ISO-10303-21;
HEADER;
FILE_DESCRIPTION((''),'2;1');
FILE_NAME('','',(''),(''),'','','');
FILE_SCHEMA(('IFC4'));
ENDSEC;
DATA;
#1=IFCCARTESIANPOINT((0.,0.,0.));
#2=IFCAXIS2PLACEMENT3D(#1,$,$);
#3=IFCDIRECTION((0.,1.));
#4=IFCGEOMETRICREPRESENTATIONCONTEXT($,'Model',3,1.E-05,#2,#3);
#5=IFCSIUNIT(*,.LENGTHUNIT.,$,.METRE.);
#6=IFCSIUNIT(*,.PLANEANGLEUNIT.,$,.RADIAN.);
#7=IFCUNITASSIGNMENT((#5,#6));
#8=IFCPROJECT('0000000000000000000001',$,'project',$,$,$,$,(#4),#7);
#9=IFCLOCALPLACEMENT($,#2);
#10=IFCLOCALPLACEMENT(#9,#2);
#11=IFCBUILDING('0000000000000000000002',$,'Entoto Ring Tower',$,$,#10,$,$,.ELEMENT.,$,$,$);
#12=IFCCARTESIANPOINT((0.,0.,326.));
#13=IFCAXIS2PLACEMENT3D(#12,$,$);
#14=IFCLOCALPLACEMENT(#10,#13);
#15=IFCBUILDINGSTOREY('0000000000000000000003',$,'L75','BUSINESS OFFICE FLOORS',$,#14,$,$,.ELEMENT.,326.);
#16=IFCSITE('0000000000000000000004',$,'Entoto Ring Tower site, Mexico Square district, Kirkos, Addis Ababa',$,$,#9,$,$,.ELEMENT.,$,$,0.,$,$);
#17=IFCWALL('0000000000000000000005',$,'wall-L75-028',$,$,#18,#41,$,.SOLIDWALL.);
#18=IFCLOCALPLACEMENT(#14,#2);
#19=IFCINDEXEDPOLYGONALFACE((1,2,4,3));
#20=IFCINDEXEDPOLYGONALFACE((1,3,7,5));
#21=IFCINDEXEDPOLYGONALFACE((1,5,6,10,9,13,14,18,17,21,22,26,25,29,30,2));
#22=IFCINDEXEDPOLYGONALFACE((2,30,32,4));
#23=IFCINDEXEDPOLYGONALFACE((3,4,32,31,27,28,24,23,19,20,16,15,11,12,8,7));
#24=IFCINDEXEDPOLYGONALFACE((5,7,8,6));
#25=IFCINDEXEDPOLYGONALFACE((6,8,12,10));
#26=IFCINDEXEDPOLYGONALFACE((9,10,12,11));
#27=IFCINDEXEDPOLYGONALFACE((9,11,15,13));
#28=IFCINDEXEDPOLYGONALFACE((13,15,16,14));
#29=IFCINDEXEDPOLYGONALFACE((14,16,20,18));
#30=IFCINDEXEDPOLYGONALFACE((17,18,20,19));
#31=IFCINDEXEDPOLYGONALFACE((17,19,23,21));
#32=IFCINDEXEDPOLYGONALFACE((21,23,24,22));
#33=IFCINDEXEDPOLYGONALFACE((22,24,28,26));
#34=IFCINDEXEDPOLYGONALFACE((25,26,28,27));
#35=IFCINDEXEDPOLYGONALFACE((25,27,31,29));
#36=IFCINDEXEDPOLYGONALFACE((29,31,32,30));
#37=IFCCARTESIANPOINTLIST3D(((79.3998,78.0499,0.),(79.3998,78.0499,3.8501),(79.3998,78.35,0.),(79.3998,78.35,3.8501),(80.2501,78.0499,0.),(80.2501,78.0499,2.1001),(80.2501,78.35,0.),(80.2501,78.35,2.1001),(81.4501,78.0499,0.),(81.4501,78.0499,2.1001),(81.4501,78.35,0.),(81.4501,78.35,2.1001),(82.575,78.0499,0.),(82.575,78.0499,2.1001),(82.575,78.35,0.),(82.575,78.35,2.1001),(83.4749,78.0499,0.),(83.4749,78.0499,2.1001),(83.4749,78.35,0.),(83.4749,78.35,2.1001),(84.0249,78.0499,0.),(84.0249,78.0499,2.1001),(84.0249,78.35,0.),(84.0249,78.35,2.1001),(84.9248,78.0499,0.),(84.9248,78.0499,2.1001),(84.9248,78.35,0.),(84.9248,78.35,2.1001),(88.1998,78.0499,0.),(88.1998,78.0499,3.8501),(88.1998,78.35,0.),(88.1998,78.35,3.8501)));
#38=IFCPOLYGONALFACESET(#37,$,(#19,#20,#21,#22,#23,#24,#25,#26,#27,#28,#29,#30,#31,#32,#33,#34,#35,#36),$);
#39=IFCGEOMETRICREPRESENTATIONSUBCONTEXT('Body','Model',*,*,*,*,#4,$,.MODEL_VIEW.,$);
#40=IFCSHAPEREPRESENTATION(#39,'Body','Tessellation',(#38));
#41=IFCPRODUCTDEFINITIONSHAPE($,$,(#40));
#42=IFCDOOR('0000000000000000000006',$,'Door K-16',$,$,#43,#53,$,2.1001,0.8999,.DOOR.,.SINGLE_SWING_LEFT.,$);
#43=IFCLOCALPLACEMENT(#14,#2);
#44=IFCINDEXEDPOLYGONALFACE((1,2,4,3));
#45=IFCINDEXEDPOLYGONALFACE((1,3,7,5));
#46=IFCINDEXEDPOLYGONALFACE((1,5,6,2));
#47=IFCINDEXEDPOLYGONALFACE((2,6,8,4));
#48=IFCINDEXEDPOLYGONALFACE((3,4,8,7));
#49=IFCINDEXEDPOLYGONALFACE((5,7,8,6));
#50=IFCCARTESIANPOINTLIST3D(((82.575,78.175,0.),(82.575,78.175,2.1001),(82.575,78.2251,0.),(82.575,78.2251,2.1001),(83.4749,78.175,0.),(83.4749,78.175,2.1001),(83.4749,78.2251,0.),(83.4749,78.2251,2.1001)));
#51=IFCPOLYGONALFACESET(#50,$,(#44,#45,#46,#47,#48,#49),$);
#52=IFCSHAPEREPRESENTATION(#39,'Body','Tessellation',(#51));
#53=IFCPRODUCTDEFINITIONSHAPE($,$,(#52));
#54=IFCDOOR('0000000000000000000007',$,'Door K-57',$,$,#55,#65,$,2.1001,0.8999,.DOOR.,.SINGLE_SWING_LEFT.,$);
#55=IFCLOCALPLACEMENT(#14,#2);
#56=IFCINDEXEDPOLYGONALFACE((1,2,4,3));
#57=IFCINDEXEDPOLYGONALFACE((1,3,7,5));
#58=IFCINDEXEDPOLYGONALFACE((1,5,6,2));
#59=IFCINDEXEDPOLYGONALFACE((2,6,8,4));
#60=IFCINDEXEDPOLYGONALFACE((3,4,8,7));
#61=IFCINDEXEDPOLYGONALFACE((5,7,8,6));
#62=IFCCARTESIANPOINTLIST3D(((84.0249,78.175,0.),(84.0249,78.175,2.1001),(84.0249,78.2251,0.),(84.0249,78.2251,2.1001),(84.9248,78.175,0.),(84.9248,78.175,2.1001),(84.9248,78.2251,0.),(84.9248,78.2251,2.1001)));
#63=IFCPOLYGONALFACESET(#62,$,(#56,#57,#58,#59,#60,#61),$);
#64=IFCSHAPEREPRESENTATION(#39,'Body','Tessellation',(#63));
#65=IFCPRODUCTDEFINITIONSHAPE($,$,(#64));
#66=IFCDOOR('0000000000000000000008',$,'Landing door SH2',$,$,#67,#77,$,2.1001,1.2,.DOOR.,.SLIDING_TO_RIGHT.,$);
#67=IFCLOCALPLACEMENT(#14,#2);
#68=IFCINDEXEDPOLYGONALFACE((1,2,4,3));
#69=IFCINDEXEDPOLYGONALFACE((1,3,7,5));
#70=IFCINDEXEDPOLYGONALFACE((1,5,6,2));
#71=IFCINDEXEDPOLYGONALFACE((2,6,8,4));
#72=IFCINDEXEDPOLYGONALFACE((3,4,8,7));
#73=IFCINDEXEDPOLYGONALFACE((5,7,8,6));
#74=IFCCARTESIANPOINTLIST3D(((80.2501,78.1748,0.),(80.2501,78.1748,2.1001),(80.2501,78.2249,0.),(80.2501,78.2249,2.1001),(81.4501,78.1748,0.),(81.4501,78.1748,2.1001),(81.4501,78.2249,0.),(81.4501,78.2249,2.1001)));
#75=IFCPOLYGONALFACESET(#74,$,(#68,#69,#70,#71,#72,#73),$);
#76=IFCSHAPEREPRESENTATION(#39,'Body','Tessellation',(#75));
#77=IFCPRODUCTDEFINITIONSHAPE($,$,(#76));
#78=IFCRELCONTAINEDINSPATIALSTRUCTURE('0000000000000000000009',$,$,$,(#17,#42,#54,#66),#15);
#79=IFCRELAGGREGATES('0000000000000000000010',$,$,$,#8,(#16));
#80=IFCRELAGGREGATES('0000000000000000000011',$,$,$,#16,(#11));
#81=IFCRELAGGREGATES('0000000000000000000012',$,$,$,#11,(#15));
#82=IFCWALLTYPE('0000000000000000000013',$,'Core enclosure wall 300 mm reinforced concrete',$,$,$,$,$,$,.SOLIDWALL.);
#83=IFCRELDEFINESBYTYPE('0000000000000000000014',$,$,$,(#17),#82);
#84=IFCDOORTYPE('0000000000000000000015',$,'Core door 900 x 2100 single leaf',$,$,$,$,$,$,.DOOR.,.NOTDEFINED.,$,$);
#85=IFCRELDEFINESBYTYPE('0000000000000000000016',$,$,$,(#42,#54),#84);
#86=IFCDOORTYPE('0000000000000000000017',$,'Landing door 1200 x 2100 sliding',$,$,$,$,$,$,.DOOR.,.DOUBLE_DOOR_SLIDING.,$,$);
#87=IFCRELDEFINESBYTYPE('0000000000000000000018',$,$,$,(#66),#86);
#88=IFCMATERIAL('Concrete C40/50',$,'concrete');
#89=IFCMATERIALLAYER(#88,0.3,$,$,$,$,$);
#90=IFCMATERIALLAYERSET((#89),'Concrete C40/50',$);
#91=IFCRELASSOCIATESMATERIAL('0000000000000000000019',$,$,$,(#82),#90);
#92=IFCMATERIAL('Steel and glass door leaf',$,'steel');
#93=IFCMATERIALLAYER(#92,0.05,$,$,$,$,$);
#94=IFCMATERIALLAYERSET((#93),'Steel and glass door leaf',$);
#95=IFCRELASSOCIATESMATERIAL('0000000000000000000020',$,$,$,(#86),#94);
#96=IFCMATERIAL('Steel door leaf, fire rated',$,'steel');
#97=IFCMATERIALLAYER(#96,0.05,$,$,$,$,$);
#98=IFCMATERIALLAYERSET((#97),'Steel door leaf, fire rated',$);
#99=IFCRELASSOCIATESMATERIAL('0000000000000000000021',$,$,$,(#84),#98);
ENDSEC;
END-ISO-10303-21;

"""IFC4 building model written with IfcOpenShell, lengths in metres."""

from ifc_helpers import new_model, si_unit, direction, frame, frame_2d, origin, place, context, subcontext, project, spatial, rectangle, extrude, material, layer, layer_set, type_object, element, fill, save


model = new_model("IFC4")

# Units and contexts
model_context = context("Model", 3, precision=1e-05, world=origin(), true_north=direction((0.0, 1.0)))
body_context = subcontext(model_context, "Body", "Model", "MODEL_VIEW")
ifc_project = project(units=[si_unit("LENGTHUNIT", "METRE"), si_unit("PLANEANGLEUNIT", "RADIAN")], contexts=[model_context])

# Site, building, storey
site_placement = place(None, origin())
site = spatial("IfcSite", under=ifc_project, at=site_placement, Name="Entoto Ring Tower site, Mexico Square district, Kirkos, Addis Ababa", CompositionType="ELEMENT", RefElevation=0.0)
building_placement = place(site_placement, origin())
building = spatial("IfcBuilding", under=site, at=building_placement, Name="Entoto Ring Tower", CompositionType="ELEMENT")
storey_placement = place(building_placement, frame((0.0, 0.0, 326.0)))
storey = spatial("IfcBuildingStorey", under=building, at=storey_placement, Name="L75", Description="BUSINESS OFFICE FLOORS", CompositionType="ELEMENT", Elevation=326.0)

# Shared definitions
ifc_material_1 = material(Name="Concrete C40/50", Category="concrete")
ifc_layer_1 = layer(ifc_material_1, 0.3)
ifc_layer_set_1 = layer_set([ifc_layer_1], Name="Concrete C40/50")
wall_type_1 = type_object("IfcWallType", Name="Core enclosure wall 300 mm reinforced concrete", PredefinedType="SOLIDWALL", material=ifc_layer_set_1)
ifc_material_2 = material(Name="Steel and glass door leaf", Category="steel")
ifc_layer_2 = layer(ifc_material_2, 0.05)
ifc_layer_set_2 = layer_set([ifc_layer_2], Name="Steel and glass door leaf")
door_type_1 = type_object("IfcDoorType", Name="Landing door 1200 x 2100 sliding", OperationType="DOUBLE_DOOR_SLIDING", PredefinedType="DOOR", material=ifc_layer_set_2)

# Wall, openings, doors
wall_1_placement = place(storey_placement, frame((79.3999, 78.2, 0.0), z_axis=(0.0, 0.0, 1.0), x_axis=(1.0, 0.0, 0.0)))
wall_1 = element("IfcWall", 1, at=wall_1_placement, inside=storey, type_object=wall_type_1, Name="wall-L75-028", PredefinedType="SOLIDWALL", context=body_context, shape_type="SweptSolid", body=[
    extrude(rectangle(XDim=8.8, YDim=0.3, at=frame_2d((4.3999, 0.0))), origin(), (0.0, 0.0, 1.0), 3.8501),
])
opening_1_placement = place(wall_1_placement, frame((0.8501, 0.0, 0.0)))
opening_1 = element("IfcOpeningElement", 2, at=opening_1_placement, cuts=wall_1, PredefinedType="OPENING", context=body_context, shape_type="SweptSolid", body=[
    extrude(rectangle(XDim=1.2, YDim=2.1001, at=frame_2d((0.6001, 1.05))), frame((0.0, 0.1602, 0.0), z_axis=(0.0, -1.0, 0.0), x_axis=(1.0, 0.0, 0.0)), (0.0, 0.0, 1.0), 0.3201),
])
opening_2_placement = place(wall_1_placement, frame((3.175, 0.0, 0.0)))
opening_2 = element("IfcOpeningElement", 3, at=opening_2_placement, cuts=wall_1, PredefinedType="OPENING", context=body_context, shape_type="SweptSolid", body=[
    extrude(rectangle(XDim=0.8999, YDim=2.1001, at=frame_2d((0.45, 1.05))), frame((0.0, 0.1602, 0.0), z_axis=(0.0, -1.0, 0.0), x_axis=(1.0, 0.0, 0.0)), (0.0, 0.0, 1.0), 0.3201),
])
opening_3_placement = place(wall_1_placement, frame((4.625, 0.0, 0.0)))
opening_3 = element("IfcOpeningElement", 4, at=opening_3_placement, cuts=wall_1, PredefinedType="OPENING", context=body_context, shape_type="SweptSolid", body=[
    extrude(rectangle(XDim=0.8999, YDim=2.1001, at=frame_2d((0.45, 1.05))), frame((0.0, 0.1602, 0.0), z_axis=(0.0, -1.0, 0.0), x_axis=(1.0, 0.0, 0.0)), (0.0, 0.0, 1.0), 0.3201),
])
ifc_material_3 = material(Name="Steel door leaf, fire rated", Category="steel")
ifc_layer_3 = layer(ifc_material_3, 0.05)
ifc_layer_set_3 = layer_set([ifc_layer_3], Name="Steel door leaf, fire rated")
door_type_2 = type_object("IfcDoorType", Name="Core door 900 x 2100 single leaf", OperationType="NOTDEFINED", PredefinedType="DOOR", material=ifc_layer_set_3)
door_1_placement = place(opening_2_placement, frame((0.8999, 0.0, 0.0), z_axis=(0.0, 0.0, 1.0), x_axis=(-1.0, 0.0, 0.0)))
door_1 = element("IfcDoor", 5, at=door_1_placement, inside=storey, type_object=door_type_2, Name="Door K-16", OperationType="SINGLE_SWING_LEFT", OverallHeight=2.1001, OverallWidth=0.8999, PredefinedType="DOOR", context=body_context, shape_type="SweptSolid", body=[
    extrude(rectangle(XDim=0.8999, YDim=2.1001, at=frame_2d((0.45, 1.05))), frame((0.0, 0.0249, 0.0), z_axis=(0.0, -1.0, 0.0), x_axis=(1.0, 0.0, 0.0)), (0.0, 0.0, 1.0), 0.05),
])
fill(opening_2, door_1)
door_2_placement = place(opening_3_placement, frame((0.8999, 0.0, 0.0), z_axis=(0.0, 0.0, 1.0), x_axis=(-1.0, 0.0, 0.0)))
door_2 = element("IfcDoor", 6, at=door_2_placement, inside=storey, type_object=door_type_2, Name="Door K-57", OperationType="SINGLE_SWING_LEFT", OverallHeight=2.1001, OverallWidth=0.8999, PredefinedType="DOOR", context=body_context, shape_type="SweptSolid", body=[
    extrude(rectangle(XDim=0.8999, YDim=2.1001, at=frame_2d((0.45, 1.05))), frame((0.0, 0.0249, 0.0), z_axis=(0.0, -1.0, 0.0), x_axis=(1.0, 0.0, 0.0)), (0.0, 0.0, 1.0), 0.05),
])
fill(opening_3, door_2)
door_3_placement = place(opening_1_placement, origin())
door_3 = element("IfcDoor", 7, at=door_3_placement, inside=storey, type_object=door_type_1, Name="Landing door SH2", OperationType="SLIDING_TO_RIGHT", OverallHeight=2.1001, OverallWidth=1.2, PredefinedType="DOOR", context=body_context, shape_type="SweptSolid", body=[
    extrude(rectangle(XDim=1.2, YDim=2.1001, at=frame_2d((0.6001, 1.05))), frame((0.0, 0.0249, 0.0), z_axis=(0.0, -1.0, 0.0), x_axis=(1.0, 0.0, 0.0)), (0.0, 0.0, 1.0), 0.05),
])
fill(opening_1, door_3)

save(model, "model.ifc")
